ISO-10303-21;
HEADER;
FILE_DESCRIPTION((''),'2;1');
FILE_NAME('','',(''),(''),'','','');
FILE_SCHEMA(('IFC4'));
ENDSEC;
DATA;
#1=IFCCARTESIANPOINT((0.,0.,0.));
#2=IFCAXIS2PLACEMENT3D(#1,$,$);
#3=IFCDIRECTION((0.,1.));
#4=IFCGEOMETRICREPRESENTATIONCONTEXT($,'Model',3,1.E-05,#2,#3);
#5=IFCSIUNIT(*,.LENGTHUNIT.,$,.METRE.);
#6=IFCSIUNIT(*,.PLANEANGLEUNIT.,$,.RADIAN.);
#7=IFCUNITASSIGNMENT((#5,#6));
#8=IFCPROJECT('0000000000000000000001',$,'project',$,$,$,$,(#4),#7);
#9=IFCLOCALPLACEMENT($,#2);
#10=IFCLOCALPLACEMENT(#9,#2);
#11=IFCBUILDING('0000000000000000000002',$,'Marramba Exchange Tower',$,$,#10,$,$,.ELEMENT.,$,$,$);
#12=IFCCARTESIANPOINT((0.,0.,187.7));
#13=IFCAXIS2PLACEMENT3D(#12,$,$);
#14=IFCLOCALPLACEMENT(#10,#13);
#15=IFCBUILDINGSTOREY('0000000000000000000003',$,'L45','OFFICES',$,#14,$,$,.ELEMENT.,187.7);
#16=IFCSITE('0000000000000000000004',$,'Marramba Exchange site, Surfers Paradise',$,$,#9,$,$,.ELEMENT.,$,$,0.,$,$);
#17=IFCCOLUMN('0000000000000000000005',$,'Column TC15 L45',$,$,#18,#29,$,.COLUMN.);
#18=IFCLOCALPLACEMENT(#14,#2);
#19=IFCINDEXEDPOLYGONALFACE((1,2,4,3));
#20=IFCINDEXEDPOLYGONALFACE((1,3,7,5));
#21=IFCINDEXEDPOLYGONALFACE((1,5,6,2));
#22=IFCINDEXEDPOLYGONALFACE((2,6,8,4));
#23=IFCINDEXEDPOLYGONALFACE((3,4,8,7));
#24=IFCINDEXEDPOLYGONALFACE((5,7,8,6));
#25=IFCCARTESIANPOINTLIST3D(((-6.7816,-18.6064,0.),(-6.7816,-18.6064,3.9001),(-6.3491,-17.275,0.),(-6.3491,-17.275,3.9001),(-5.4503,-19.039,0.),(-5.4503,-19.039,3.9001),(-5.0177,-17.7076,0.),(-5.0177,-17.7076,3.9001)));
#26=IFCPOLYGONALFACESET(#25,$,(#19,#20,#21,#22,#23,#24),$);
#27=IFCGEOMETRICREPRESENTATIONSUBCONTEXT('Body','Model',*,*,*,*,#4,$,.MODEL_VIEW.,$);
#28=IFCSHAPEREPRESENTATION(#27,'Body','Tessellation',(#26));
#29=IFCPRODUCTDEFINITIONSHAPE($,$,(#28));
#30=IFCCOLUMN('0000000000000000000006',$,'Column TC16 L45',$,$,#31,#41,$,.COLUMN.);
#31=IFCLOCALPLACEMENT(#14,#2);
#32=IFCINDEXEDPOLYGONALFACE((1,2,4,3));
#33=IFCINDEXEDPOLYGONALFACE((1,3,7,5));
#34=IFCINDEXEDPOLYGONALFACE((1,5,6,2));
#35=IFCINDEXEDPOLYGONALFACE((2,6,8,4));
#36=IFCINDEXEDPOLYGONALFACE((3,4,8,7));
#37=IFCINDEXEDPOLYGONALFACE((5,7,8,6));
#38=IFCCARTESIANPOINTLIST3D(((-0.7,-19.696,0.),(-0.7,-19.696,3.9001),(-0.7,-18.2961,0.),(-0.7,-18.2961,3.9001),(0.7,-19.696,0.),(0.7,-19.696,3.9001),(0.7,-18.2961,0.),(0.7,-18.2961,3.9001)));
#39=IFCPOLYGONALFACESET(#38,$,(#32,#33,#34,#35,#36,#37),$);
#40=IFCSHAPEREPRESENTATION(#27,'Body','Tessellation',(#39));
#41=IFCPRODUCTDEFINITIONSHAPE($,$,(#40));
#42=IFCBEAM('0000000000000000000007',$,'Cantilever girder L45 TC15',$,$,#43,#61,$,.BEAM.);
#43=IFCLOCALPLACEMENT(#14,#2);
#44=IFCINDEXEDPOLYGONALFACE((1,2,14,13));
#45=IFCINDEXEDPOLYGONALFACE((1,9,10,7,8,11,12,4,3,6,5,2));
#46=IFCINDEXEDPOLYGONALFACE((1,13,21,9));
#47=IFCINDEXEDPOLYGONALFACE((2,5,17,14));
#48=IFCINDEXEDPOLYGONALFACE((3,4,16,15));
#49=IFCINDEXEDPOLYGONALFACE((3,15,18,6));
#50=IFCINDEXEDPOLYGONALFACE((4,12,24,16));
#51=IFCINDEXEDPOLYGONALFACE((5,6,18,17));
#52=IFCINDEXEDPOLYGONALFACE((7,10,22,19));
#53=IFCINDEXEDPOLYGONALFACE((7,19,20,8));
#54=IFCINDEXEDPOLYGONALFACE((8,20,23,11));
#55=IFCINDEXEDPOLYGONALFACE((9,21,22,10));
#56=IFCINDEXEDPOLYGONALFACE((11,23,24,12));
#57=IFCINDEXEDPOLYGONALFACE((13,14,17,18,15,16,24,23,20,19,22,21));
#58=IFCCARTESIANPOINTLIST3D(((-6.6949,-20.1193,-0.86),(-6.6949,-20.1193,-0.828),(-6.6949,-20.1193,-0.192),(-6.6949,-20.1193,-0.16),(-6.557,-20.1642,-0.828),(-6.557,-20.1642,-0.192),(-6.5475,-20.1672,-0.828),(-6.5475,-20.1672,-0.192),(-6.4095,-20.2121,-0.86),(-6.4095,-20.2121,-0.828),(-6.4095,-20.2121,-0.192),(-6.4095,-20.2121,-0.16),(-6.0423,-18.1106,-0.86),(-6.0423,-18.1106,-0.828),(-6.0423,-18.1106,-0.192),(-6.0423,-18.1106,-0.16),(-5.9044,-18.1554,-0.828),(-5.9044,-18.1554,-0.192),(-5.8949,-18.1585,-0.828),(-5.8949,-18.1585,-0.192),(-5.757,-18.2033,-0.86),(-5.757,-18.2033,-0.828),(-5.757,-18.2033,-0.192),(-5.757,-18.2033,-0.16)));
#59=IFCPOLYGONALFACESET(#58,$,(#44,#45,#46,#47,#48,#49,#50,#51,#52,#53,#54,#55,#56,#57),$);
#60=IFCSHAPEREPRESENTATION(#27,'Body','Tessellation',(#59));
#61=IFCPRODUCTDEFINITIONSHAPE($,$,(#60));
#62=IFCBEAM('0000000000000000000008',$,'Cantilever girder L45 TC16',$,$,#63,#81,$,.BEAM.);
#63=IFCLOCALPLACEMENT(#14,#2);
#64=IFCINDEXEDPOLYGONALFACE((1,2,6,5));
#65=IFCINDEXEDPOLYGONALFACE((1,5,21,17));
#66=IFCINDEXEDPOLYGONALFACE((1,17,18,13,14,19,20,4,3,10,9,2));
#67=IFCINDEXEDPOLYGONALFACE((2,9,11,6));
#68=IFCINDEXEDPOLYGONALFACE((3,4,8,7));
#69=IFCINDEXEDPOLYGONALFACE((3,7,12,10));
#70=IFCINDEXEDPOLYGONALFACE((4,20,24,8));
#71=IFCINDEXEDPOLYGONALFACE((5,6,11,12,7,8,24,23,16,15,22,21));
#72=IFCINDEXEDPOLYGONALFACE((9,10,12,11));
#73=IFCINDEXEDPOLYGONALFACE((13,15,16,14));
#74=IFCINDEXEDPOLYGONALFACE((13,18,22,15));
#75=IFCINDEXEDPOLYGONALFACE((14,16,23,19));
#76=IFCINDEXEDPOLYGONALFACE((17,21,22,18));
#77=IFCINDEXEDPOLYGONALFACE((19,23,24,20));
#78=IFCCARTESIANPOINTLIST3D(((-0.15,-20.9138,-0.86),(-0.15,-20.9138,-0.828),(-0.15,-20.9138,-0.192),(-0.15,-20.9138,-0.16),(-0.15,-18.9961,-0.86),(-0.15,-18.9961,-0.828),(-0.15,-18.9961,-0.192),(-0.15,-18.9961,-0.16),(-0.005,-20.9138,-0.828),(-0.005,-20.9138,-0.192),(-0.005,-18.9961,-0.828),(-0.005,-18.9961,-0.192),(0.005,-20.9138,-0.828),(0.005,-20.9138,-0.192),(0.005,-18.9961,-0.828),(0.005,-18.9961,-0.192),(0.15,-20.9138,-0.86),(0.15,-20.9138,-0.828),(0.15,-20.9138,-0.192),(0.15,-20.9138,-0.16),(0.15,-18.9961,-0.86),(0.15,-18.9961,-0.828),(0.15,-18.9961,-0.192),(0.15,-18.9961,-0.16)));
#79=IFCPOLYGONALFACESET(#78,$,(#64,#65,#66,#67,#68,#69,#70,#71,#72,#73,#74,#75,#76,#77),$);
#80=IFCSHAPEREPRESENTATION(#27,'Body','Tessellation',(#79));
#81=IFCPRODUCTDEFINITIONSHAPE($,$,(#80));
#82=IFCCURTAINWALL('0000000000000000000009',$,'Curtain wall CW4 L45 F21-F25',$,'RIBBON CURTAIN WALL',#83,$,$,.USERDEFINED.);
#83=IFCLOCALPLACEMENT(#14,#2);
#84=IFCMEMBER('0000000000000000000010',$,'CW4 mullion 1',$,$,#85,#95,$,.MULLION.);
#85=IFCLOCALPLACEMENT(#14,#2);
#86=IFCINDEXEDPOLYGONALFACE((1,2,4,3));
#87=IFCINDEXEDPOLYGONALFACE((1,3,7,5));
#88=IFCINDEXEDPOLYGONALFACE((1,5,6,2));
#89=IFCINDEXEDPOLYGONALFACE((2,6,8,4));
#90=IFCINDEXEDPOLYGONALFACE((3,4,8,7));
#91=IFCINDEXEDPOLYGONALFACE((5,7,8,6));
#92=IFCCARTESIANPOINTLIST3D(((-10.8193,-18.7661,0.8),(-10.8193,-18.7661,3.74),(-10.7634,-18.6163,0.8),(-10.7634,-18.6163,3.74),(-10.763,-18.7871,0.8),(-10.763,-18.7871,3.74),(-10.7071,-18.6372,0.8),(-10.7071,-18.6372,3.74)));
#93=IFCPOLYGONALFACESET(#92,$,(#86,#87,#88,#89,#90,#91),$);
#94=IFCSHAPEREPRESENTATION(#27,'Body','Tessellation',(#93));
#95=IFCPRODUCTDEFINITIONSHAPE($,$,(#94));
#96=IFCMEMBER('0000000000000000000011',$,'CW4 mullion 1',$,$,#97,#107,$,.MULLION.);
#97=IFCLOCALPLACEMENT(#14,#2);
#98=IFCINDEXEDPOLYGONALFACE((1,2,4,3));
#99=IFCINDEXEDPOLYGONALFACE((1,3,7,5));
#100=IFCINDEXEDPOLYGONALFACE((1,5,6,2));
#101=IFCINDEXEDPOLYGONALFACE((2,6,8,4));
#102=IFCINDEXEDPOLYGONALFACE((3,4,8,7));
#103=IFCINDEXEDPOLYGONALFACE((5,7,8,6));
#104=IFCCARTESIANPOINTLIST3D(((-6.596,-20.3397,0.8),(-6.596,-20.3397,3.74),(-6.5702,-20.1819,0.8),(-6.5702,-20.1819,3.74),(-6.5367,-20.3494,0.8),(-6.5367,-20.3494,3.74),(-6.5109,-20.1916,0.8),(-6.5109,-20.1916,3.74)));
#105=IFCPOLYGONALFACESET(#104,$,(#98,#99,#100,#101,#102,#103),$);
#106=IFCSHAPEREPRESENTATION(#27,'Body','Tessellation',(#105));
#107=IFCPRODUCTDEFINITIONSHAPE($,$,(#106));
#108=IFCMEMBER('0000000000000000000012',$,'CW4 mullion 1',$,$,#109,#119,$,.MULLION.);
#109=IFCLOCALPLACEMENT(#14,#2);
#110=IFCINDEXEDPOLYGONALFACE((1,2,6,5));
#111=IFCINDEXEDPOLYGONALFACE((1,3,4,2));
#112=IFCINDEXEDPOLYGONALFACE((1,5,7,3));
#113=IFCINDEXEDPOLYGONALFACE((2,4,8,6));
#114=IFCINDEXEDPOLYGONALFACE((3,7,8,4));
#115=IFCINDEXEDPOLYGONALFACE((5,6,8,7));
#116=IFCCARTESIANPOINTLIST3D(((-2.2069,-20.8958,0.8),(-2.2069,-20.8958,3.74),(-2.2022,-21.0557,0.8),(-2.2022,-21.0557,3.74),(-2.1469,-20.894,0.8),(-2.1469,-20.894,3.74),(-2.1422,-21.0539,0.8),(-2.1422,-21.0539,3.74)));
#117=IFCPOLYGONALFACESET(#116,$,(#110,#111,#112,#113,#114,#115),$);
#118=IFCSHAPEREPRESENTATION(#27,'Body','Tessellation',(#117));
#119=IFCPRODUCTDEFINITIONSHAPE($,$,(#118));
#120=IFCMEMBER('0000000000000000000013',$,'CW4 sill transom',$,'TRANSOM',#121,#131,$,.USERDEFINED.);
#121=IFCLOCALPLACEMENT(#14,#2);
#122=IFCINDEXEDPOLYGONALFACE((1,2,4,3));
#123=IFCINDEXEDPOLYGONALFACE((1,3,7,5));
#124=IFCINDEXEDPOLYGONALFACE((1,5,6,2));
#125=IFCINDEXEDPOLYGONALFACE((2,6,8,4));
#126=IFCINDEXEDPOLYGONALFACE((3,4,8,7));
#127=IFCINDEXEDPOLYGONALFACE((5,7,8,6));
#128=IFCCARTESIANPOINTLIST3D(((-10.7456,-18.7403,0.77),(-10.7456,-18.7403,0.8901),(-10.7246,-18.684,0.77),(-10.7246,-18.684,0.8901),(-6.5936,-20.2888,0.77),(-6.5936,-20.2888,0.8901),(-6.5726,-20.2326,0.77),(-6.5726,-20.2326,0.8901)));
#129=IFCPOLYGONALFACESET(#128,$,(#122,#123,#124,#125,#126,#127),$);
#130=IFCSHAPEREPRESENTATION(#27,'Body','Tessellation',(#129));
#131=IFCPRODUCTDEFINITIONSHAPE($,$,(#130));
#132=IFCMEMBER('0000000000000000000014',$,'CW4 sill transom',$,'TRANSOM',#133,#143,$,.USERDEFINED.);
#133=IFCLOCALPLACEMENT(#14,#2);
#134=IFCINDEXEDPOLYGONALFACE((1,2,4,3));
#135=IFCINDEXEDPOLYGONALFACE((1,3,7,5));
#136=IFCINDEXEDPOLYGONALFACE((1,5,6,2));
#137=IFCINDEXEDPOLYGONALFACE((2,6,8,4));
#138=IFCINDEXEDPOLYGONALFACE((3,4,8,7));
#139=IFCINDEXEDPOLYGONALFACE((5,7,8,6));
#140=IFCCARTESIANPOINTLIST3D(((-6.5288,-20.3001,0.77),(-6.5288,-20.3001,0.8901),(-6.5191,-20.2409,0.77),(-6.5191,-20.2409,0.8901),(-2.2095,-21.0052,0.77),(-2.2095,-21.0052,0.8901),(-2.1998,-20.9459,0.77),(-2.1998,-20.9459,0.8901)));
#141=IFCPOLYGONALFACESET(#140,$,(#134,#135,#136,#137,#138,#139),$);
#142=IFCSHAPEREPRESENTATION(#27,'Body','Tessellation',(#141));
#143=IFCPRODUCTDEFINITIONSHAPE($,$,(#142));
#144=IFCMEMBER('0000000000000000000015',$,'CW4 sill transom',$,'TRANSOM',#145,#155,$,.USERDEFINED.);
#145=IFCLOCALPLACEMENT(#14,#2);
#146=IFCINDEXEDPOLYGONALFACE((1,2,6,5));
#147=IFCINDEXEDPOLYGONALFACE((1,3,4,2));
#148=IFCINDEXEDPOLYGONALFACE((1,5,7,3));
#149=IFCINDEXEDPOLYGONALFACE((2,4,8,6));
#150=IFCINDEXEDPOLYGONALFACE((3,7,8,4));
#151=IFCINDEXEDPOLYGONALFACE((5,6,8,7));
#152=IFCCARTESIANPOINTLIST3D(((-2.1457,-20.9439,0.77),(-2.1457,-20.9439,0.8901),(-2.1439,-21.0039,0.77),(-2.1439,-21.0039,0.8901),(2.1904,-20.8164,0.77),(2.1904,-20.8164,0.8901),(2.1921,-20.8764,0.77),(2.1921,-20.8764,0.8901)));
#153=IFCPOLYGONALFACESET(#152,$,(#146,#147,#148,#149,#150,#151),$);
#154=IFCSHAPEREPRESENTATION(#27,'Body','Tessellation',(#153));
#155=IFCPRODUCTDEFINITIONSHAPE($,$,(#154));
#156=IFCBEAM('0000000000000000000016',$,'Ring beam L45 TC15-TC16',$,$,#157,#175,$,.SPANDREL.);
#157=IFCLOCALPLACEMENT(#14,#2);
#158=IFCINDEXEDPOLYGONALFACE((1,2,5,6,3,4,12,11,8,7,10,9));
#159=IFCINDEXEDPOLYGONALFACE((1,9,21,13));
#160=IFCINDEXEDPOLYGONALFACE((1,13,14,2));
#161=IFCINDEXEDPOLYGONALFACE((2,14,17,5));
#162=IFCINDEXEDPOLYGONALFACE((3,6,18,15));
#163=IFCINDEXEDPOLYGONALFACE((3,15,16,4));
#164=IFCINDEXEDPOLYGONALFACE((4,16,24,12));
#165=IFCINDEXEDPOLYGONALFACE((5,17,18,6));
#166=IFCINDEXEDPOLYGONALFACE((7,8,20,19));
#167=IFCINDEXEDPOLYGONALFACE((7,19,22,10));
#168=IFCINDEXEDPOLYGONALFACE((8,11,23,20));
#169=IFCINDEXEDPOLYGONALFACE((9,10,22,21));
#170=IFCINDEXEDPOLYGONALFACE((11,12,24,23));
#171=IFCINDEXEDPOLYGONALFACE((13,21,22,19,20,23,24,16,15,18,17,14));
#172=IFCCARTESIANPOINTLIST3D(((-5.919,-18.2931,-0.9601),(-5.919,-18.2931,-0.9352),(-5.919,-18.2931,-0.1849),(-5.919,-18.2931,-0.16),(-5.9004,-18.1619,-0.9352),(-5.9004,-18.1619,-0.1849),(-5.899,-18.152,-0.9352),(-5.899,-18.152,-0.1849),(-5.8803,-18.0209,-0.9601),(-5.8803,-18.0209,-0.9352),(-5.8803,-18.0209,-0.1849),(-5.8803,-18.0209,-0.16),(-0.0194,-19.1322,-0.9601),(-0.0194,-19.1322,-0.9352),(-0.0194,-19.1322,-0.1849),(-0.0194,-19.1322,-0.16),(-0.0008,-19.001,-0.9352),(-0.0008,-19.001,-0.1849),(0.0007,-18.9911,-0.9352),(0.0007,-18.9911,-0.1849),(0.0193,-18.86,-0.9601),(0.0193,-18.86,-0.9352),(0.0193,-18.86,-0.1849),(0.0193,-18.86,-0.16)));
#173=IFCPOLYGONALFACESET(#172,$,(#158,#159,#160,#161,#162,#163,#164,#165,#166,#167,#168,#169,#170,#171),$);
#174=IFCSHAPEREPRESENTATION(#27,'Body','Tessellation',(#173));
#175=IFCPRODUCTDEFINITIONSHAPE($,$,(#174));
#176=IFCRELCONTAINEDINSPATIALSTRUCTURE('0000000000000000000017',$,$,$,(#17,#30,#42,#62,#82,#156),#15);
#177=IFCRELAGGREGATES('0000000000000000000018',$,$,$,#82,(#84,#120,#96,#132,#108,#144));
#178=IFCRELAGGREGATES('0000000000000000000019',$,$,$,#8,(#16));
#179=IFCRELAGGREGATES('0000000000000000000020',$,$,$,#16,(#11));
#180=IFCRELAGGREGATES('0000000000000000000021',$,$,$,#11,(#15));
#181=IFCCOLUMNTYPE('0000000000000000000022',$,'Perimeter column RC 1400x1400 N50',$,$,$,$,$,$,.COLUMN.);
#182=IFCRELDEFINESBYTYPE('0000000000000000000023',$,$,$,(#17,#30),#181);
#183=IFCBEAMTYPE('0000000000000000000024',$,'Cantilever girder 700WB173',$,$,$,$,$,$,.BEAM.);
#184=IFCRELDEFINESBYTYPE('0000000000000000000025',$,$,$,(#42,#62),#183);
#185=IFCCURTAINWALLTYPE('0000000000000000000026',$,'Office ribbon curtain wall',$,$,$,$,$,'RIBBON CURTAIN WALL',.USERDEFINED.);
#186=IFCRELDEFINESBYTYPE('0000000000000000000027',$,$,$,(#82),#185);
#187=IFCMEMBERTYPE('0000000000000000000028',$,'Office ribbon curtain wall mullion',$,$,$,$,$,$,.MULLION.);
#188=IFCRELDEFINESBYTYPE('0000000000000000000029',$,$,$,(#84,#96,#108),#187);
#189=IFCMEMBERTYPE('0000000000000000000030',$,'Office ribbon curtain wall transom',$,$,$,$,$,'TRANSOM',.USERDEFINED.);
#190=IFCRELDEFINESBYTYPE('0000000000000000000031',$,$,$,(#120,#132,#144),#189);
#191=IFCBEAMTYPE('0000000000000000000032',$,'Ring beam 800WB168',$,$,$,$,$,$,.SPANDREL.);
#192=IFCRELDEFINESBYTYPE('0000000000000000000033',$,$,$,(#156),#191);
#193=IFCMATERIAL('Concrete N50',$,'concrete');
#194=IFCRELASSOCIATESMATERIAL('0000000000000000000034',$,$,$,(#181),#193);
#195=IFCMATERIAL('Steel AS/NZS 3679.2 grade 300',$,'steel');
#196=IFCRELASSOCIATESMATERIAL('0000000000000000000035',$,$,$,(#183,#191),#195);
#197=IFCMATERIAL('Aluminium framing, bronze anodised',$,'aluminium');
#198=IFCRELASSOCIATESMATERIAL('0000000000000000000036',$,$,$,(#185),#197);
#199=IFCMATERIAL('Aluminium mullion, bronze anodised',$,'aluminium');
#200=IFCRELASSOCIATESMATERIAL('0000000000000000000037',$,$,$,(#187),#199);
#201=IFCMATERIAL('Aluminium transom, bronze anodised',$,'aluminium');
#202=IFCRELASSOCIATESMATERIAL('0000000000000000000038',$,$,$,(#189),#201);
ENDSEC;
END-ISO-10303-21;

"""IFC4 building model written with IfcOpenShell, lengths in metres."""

from ifc_helpers import new_model, si_unit, direction, frame, origin, origin_2d, place, context, subcontext, project, spatial, rectangle, i_section, extrude, material, material_profile, profile_set, type_object, element, aggregate, save


model = new_model("IFC4")

# Units and contexts
model_context = context("Model", 3, precision=1e-05, world=origin(), true_north=direction((0.0, 1.0)))
body_context = subcontext(model_context, "Body", "Model", "MODEL_VIEW")
ifc_project = project(units=[si_unit("LENGTHUNIT", "METRE"), si_unit("PLANEANGLEUNIT", "RADIAN")], contexts=[model_context])

# Site, building, storey
site_placement = place(None, origin())
site = spatial("IfcSite", under=ifc_project, at=site_placement, Name="Marramba Exchange site, Surfers Paradise", CompositionType="ELEMENT", RefElevation=0.0)
building_placement = place(site_placement, origin())
building = spatial("IfcBuilding", under=site, at=building_placement, Name="Marramba Exchange Tower", CompositionType="ELEMENT")
storey_placement = place(building_placement, frame((0.0, 0.0, 187.7)))
storey = spatial("IfcBuildingStorey", under=building, at=storey_placement, Name="L45", Description="OFFICES", CompositionType="ELEMENT", Elevation=187.7)

# Columns
ifc_material_1 = material(Name="Concrete N50", Category="concrete")
ifc_material_profile_1 = material_profile(ifc_material_1, rectangle(XDim=1.3999, YDim=1.3999, at=origin_2d()), Name="RC 1400x1400")
ifc_profile_set_1 = profile_set([ifc_material_profile_1], Name="Concrete N50")
column_type = type_object("IfcColumnType", Name="Perimeter column RC 1400x1400 N50", PredefinedType="COLUMN", material=ifc_profile_set_1)
for number, where, z_axis, x_axis, name in (
    (1, (-5.8997, -18.157, 0.0), (0.0, 0.0, 1.0), (-0.309017, -0.951057, 0.0), "Column TC15 L45"),
    (2, (0.0, -18.9961, 0.0), (0.0, 0.0, 1.0), (0.0, -1.0, 0.0), "Column TC16 L45"),
):
    element("IfcColumn", number, at=place(storey_placement, frame(where, z_axis=z_axis, x_axis=x_axis)), inside=storey, type_object=column_type, Name=name, PredefinedType="COLUMN", context=body_context, shape_type="SweptSolid", body=[
        extrude(rectangle(XDim=1.3999, YDim=1.3999, at=origin_2d()), origin(), (0.0, 0.0, 1.0), 3.9001),
    ])

# Beams
ifc_material_2 = material(Name="Steel AS/NZS 3679.2 grade 300", Category="steel")
ifc_material_profile_2 = material_profile(ifc_material_2, i_section(OverallWidth=0.3, OverallDepth=0.7, WebThickness=0.01, FlangeThickness=0.032, at=origin_2d()), Name="700WB173")
ifc_profile_set_2 = profile_set([ifc_material_profile_2], Name="Steel AS/NZS 3679.2 grade 300")
beam_type_1 = type_object("IfcBeamType", Name="Cantilever girder 700WB173", PredefinedType="BEAM", material=ifc_profile_set_2)
beam_1_placement = place(storey_placement, frame((-5.8997, -18.157, -0.51), z_axis=(-0.308971, -0.951071, 0.0), x_axis=(0.951071, -0.308971, 0.0)))
element("IfcBeam", 3, at=beam_1_placement, inside=storey, type_object=beam_type_1, Name="Cantilever girder L45 TC15", PredefinedType="BEAM", context=body_context, shape_type="SweptSolid", body=[
    extrude(i_section(OverallWidth=0.3, OverallDepth=0.7, WebThickness=0.01, FlangeThickness=0.032, at=origin_2d()), origin(), (0.0, 0.0, 1.0), 2.1121),
])
beam_2_placement = place(storey_placement, frame((0.0, -18.9961, -0.51), z_axis=(0.0, -1.0, 0.0), x_axis=(1.0, 0.0, 0.0)))
element("IfcBeam", 4, at=beam_2_placement, inside=storey, type_object=beam_type_1, Name="Cantilever girder L45 TC16", PredefinedType="BEAM", context=body_context, shape_type="SweptSolid", body=[
    extrude(i_section(OverallWidth=0.3, OverallDepth=0.7, WebThickness=0.01, FlangeThickness=0.032, at=origin_2d()), origin(), (0.0, 0.0, 1.0), 1.9177),
])

# Curtain wall, members
ifc_material_3 = material(Name="Aluminium framing, bronze anodised", Category="aluminium")
curtain_wall_type = type_object("IfcCurtainWallType", Name="Office ribbon curtain wall", ElementType="RIBBON CURTAIN WALL", PredefinedType="USERDEFINED", material=ifc_material_3)
curtain_wall_1_placement = place(storey_placement, origin())
curtain_wall_1 = element("IfcCurtainWall", 5, at=curtain_wall_1_placement, inside=storey, type_object=curtain_wall_type, Name="Curtain wall CW4 L45 F21-F25", ObjectType="RIBBON CURTAIN WALL", PredefinedType="USERDEFINED")
ifc_material_4 = material(Name="Aluminium mullion, bronze anodised", Category="aluminium")
ifc_material_profile_3 = material_profile(ifc_material_4, rectangle(XDim=0.1599, YDim=0.0601, at=origin_2d()), Name="CW4 mullion 60x160")
ifc_profile_set_3 = profile_set([ifc_material_profile_3], Name="Aluminium mullion, bronze anodised")
member_type_1 = type_object("IfcMemberType", Name="Office ribbon curtain wall mullion", PredefinedType="MULLION", material=ifc_profile_set_3)
member_1_placement = place(storey_placement, frame((-10.7632, -18.7017, 0.8), z_axis=(0.0, 0.0, 1.0), x_axis=(0.349459, 0.936952, 0.0)))
member_1 = element("IfcMember", 6, at=member_1_placement, type_object=member_type_1, Name="CW4 mullion 1", PredefinedType="MULLION", context=body_context, shape_type="SweptSolid", body=[
    extrude(rectangle(XDim=0.1599, YDim=0.0601, at=origin_2d()), origin(), (0.0, 0.0, 1.0), 2.9399),
])
member_2_placement = place(storey_placement, frame((-6.5535, -20.2656, 0.8), z_axis=(0.0, 0.0, 1.0), x_axis=(0.161146, 0.986931, 0.0)))
member_2 = element("IfcMember", 7, at=member_2_placement, type_object=member_type_1, Name="CW4 mullion 1", PredefinedType="MULLION", context=body_context, shape_type="SweptSolid", body=[
    extrude(rectangle(XDim=0.1599, YDim=0.0601, at=origin_2d()), origin(), (0.0, 0.0, 1.0), 2.9399),
])
member_3_placement = place(storey_placement, frame((-2.1746, -20.9749, 0.8), z_axis=(0.0, 0.0, 1.0), x_axis=(-0.029393, 0.999568, 0.0)))
member_3 = element("IfcMember", 8, at=member_3_placement, type_object=member_type_1, Name="CW4 mullion 1", PredefinedType="MULLION", context=body_context, shape_type="SweptSolid", body=[
    extrude(rectangle(XDim=0.1599, YDim=0.0601, at=origin_2d()), origin(), (0.0, 0.0, 1.0), 2.9399),
])
ifc_material_5 = material(Name="Aluminium transom, bronze anodised", Category="aluminium")
ifc_material_profile_4 = material_profile(ifc_material_5, rectangle(XDim=0.0601, YDim=0.1201, at=origin_2d()), Name="CW4 transom 60x120")
ifc_profile_set_4 = profile_set([ifc_material_profile_4], Name="Aluminium transom, bronze anodised")
member_type_2 = type_object("IfcMemberType", Name="Office ribbon curtain wall transom", ElementType="TRANSOM", PredefinedType="USERDEFINED", material=ifc_profile_set_4)
member_4_placement = place(storey_placement, frame((-10.7351, -18.7122, 0.8301), z_axis=(0.936955, -0.34945, 0.0), x_axis=(0.34945, 0.936955, 0.0)))
member_4 = element("IfcMember", 9, at=member_4_placement, type_object=member_type_2, Name="CW4 sill transom", ObjectType="TRANSOM", PredefinedType="USERDEFINED", context=body_context, shape_type="SweptSolid", body=[
    extrude(rectangle(XDim=0.0601, YDim=0.1201, at=origin_2d()), origin(), (0.0, 0.0, 1.0), 4.4314),
])
member_5_placement = place(storey_placement, frame((-6.5239, -20.2705, 0.8301), z_axis=(0.986937, -0.161105, 0.0), x_axis=(0.161105, 0.986937, 0.0)))
member_5 = element("IfcMember", 10, at=member_5_placement, type_object=member_type_2, Name="CW4 sill transom", ObjectType="TRANSOM", PredefinedType="USERDEFINED", context=body_context, shape_type="SweptSolid", body=[
    extrude(rectangle(XDim=0.0601, YDim=0.1201, at=origin_2d()), origin(), (0.0, 0.0, 1.0), 4.3765),
])
member_6_placement = place(storey_placement, frame((-2.1448, -20.9739, 0.8301), z_axis=(0.999568, 0.029379, 0.0), x_axis=(-0.029379, 0.999568, 0.0)))
member_6 = element("IfcMember", 11, at=member_6_placement, type_object=member_type_2, Name="CW4 sill transom", ObjectType="TRANSOM", PredefinedType="USERDEFINED", context=body_context, shape_type="SweptSolid", body=[
    extrude(rectangle(XDim=0.0601, YDim=0.1201, at=origin_2d()), origin(), (0.0, 0.0, 1.0), 4.3379),
])

# Beam
ifc_material_profile_5 = material_profile(ifc_material_2, i_section(OverallWidth=0.2749, OverallDepth=0.8, WebThickness=0.01, FlangeThickness=0.0249, at=origin_2d()), Name="800WB168")
ifc_profile_set_5 = profile_set([ifc_material_profile_5], Name="Steel AS/NZS 3679.2 grade 300")
beam_type_2 = type_object("IfcBeamType", Name="Ring beam 800WB168", PredefinedType="SPANDREL", material=ifc_profile_set_5)
for number, where, z_axis, x_axis, name in (
    (12, (-5.8997, -18.157, -0.5601), (0.990036, -0.140813, 0.0), (0.140813, 0.990036, 0.0), "Ring beam L45 TC15-TC16"),
):
    element("IfcBeam", number, at=place(storey_placement, frame(where, z_axis=z_axis, x_axis=x_axis)), inside=storey, type_object=beam_type_2, Name=name, PredefinedType="SPANDREL", context=body_context, shape_type="SweptSolid", body=[
        extrude(i_section(OverallWidth=0.2749, OverallDepth=0.8, WebThickness=0.01, FlangeThickness=0.0249, at=origin_2d()), origin(), (0.0, 0.0, 1.0), 5.959),
    ])

aggregate(curtain_wall_1, [member_1, member_4, member_2, member_5, member_3, member_6])

save(model, "model.ifc")
